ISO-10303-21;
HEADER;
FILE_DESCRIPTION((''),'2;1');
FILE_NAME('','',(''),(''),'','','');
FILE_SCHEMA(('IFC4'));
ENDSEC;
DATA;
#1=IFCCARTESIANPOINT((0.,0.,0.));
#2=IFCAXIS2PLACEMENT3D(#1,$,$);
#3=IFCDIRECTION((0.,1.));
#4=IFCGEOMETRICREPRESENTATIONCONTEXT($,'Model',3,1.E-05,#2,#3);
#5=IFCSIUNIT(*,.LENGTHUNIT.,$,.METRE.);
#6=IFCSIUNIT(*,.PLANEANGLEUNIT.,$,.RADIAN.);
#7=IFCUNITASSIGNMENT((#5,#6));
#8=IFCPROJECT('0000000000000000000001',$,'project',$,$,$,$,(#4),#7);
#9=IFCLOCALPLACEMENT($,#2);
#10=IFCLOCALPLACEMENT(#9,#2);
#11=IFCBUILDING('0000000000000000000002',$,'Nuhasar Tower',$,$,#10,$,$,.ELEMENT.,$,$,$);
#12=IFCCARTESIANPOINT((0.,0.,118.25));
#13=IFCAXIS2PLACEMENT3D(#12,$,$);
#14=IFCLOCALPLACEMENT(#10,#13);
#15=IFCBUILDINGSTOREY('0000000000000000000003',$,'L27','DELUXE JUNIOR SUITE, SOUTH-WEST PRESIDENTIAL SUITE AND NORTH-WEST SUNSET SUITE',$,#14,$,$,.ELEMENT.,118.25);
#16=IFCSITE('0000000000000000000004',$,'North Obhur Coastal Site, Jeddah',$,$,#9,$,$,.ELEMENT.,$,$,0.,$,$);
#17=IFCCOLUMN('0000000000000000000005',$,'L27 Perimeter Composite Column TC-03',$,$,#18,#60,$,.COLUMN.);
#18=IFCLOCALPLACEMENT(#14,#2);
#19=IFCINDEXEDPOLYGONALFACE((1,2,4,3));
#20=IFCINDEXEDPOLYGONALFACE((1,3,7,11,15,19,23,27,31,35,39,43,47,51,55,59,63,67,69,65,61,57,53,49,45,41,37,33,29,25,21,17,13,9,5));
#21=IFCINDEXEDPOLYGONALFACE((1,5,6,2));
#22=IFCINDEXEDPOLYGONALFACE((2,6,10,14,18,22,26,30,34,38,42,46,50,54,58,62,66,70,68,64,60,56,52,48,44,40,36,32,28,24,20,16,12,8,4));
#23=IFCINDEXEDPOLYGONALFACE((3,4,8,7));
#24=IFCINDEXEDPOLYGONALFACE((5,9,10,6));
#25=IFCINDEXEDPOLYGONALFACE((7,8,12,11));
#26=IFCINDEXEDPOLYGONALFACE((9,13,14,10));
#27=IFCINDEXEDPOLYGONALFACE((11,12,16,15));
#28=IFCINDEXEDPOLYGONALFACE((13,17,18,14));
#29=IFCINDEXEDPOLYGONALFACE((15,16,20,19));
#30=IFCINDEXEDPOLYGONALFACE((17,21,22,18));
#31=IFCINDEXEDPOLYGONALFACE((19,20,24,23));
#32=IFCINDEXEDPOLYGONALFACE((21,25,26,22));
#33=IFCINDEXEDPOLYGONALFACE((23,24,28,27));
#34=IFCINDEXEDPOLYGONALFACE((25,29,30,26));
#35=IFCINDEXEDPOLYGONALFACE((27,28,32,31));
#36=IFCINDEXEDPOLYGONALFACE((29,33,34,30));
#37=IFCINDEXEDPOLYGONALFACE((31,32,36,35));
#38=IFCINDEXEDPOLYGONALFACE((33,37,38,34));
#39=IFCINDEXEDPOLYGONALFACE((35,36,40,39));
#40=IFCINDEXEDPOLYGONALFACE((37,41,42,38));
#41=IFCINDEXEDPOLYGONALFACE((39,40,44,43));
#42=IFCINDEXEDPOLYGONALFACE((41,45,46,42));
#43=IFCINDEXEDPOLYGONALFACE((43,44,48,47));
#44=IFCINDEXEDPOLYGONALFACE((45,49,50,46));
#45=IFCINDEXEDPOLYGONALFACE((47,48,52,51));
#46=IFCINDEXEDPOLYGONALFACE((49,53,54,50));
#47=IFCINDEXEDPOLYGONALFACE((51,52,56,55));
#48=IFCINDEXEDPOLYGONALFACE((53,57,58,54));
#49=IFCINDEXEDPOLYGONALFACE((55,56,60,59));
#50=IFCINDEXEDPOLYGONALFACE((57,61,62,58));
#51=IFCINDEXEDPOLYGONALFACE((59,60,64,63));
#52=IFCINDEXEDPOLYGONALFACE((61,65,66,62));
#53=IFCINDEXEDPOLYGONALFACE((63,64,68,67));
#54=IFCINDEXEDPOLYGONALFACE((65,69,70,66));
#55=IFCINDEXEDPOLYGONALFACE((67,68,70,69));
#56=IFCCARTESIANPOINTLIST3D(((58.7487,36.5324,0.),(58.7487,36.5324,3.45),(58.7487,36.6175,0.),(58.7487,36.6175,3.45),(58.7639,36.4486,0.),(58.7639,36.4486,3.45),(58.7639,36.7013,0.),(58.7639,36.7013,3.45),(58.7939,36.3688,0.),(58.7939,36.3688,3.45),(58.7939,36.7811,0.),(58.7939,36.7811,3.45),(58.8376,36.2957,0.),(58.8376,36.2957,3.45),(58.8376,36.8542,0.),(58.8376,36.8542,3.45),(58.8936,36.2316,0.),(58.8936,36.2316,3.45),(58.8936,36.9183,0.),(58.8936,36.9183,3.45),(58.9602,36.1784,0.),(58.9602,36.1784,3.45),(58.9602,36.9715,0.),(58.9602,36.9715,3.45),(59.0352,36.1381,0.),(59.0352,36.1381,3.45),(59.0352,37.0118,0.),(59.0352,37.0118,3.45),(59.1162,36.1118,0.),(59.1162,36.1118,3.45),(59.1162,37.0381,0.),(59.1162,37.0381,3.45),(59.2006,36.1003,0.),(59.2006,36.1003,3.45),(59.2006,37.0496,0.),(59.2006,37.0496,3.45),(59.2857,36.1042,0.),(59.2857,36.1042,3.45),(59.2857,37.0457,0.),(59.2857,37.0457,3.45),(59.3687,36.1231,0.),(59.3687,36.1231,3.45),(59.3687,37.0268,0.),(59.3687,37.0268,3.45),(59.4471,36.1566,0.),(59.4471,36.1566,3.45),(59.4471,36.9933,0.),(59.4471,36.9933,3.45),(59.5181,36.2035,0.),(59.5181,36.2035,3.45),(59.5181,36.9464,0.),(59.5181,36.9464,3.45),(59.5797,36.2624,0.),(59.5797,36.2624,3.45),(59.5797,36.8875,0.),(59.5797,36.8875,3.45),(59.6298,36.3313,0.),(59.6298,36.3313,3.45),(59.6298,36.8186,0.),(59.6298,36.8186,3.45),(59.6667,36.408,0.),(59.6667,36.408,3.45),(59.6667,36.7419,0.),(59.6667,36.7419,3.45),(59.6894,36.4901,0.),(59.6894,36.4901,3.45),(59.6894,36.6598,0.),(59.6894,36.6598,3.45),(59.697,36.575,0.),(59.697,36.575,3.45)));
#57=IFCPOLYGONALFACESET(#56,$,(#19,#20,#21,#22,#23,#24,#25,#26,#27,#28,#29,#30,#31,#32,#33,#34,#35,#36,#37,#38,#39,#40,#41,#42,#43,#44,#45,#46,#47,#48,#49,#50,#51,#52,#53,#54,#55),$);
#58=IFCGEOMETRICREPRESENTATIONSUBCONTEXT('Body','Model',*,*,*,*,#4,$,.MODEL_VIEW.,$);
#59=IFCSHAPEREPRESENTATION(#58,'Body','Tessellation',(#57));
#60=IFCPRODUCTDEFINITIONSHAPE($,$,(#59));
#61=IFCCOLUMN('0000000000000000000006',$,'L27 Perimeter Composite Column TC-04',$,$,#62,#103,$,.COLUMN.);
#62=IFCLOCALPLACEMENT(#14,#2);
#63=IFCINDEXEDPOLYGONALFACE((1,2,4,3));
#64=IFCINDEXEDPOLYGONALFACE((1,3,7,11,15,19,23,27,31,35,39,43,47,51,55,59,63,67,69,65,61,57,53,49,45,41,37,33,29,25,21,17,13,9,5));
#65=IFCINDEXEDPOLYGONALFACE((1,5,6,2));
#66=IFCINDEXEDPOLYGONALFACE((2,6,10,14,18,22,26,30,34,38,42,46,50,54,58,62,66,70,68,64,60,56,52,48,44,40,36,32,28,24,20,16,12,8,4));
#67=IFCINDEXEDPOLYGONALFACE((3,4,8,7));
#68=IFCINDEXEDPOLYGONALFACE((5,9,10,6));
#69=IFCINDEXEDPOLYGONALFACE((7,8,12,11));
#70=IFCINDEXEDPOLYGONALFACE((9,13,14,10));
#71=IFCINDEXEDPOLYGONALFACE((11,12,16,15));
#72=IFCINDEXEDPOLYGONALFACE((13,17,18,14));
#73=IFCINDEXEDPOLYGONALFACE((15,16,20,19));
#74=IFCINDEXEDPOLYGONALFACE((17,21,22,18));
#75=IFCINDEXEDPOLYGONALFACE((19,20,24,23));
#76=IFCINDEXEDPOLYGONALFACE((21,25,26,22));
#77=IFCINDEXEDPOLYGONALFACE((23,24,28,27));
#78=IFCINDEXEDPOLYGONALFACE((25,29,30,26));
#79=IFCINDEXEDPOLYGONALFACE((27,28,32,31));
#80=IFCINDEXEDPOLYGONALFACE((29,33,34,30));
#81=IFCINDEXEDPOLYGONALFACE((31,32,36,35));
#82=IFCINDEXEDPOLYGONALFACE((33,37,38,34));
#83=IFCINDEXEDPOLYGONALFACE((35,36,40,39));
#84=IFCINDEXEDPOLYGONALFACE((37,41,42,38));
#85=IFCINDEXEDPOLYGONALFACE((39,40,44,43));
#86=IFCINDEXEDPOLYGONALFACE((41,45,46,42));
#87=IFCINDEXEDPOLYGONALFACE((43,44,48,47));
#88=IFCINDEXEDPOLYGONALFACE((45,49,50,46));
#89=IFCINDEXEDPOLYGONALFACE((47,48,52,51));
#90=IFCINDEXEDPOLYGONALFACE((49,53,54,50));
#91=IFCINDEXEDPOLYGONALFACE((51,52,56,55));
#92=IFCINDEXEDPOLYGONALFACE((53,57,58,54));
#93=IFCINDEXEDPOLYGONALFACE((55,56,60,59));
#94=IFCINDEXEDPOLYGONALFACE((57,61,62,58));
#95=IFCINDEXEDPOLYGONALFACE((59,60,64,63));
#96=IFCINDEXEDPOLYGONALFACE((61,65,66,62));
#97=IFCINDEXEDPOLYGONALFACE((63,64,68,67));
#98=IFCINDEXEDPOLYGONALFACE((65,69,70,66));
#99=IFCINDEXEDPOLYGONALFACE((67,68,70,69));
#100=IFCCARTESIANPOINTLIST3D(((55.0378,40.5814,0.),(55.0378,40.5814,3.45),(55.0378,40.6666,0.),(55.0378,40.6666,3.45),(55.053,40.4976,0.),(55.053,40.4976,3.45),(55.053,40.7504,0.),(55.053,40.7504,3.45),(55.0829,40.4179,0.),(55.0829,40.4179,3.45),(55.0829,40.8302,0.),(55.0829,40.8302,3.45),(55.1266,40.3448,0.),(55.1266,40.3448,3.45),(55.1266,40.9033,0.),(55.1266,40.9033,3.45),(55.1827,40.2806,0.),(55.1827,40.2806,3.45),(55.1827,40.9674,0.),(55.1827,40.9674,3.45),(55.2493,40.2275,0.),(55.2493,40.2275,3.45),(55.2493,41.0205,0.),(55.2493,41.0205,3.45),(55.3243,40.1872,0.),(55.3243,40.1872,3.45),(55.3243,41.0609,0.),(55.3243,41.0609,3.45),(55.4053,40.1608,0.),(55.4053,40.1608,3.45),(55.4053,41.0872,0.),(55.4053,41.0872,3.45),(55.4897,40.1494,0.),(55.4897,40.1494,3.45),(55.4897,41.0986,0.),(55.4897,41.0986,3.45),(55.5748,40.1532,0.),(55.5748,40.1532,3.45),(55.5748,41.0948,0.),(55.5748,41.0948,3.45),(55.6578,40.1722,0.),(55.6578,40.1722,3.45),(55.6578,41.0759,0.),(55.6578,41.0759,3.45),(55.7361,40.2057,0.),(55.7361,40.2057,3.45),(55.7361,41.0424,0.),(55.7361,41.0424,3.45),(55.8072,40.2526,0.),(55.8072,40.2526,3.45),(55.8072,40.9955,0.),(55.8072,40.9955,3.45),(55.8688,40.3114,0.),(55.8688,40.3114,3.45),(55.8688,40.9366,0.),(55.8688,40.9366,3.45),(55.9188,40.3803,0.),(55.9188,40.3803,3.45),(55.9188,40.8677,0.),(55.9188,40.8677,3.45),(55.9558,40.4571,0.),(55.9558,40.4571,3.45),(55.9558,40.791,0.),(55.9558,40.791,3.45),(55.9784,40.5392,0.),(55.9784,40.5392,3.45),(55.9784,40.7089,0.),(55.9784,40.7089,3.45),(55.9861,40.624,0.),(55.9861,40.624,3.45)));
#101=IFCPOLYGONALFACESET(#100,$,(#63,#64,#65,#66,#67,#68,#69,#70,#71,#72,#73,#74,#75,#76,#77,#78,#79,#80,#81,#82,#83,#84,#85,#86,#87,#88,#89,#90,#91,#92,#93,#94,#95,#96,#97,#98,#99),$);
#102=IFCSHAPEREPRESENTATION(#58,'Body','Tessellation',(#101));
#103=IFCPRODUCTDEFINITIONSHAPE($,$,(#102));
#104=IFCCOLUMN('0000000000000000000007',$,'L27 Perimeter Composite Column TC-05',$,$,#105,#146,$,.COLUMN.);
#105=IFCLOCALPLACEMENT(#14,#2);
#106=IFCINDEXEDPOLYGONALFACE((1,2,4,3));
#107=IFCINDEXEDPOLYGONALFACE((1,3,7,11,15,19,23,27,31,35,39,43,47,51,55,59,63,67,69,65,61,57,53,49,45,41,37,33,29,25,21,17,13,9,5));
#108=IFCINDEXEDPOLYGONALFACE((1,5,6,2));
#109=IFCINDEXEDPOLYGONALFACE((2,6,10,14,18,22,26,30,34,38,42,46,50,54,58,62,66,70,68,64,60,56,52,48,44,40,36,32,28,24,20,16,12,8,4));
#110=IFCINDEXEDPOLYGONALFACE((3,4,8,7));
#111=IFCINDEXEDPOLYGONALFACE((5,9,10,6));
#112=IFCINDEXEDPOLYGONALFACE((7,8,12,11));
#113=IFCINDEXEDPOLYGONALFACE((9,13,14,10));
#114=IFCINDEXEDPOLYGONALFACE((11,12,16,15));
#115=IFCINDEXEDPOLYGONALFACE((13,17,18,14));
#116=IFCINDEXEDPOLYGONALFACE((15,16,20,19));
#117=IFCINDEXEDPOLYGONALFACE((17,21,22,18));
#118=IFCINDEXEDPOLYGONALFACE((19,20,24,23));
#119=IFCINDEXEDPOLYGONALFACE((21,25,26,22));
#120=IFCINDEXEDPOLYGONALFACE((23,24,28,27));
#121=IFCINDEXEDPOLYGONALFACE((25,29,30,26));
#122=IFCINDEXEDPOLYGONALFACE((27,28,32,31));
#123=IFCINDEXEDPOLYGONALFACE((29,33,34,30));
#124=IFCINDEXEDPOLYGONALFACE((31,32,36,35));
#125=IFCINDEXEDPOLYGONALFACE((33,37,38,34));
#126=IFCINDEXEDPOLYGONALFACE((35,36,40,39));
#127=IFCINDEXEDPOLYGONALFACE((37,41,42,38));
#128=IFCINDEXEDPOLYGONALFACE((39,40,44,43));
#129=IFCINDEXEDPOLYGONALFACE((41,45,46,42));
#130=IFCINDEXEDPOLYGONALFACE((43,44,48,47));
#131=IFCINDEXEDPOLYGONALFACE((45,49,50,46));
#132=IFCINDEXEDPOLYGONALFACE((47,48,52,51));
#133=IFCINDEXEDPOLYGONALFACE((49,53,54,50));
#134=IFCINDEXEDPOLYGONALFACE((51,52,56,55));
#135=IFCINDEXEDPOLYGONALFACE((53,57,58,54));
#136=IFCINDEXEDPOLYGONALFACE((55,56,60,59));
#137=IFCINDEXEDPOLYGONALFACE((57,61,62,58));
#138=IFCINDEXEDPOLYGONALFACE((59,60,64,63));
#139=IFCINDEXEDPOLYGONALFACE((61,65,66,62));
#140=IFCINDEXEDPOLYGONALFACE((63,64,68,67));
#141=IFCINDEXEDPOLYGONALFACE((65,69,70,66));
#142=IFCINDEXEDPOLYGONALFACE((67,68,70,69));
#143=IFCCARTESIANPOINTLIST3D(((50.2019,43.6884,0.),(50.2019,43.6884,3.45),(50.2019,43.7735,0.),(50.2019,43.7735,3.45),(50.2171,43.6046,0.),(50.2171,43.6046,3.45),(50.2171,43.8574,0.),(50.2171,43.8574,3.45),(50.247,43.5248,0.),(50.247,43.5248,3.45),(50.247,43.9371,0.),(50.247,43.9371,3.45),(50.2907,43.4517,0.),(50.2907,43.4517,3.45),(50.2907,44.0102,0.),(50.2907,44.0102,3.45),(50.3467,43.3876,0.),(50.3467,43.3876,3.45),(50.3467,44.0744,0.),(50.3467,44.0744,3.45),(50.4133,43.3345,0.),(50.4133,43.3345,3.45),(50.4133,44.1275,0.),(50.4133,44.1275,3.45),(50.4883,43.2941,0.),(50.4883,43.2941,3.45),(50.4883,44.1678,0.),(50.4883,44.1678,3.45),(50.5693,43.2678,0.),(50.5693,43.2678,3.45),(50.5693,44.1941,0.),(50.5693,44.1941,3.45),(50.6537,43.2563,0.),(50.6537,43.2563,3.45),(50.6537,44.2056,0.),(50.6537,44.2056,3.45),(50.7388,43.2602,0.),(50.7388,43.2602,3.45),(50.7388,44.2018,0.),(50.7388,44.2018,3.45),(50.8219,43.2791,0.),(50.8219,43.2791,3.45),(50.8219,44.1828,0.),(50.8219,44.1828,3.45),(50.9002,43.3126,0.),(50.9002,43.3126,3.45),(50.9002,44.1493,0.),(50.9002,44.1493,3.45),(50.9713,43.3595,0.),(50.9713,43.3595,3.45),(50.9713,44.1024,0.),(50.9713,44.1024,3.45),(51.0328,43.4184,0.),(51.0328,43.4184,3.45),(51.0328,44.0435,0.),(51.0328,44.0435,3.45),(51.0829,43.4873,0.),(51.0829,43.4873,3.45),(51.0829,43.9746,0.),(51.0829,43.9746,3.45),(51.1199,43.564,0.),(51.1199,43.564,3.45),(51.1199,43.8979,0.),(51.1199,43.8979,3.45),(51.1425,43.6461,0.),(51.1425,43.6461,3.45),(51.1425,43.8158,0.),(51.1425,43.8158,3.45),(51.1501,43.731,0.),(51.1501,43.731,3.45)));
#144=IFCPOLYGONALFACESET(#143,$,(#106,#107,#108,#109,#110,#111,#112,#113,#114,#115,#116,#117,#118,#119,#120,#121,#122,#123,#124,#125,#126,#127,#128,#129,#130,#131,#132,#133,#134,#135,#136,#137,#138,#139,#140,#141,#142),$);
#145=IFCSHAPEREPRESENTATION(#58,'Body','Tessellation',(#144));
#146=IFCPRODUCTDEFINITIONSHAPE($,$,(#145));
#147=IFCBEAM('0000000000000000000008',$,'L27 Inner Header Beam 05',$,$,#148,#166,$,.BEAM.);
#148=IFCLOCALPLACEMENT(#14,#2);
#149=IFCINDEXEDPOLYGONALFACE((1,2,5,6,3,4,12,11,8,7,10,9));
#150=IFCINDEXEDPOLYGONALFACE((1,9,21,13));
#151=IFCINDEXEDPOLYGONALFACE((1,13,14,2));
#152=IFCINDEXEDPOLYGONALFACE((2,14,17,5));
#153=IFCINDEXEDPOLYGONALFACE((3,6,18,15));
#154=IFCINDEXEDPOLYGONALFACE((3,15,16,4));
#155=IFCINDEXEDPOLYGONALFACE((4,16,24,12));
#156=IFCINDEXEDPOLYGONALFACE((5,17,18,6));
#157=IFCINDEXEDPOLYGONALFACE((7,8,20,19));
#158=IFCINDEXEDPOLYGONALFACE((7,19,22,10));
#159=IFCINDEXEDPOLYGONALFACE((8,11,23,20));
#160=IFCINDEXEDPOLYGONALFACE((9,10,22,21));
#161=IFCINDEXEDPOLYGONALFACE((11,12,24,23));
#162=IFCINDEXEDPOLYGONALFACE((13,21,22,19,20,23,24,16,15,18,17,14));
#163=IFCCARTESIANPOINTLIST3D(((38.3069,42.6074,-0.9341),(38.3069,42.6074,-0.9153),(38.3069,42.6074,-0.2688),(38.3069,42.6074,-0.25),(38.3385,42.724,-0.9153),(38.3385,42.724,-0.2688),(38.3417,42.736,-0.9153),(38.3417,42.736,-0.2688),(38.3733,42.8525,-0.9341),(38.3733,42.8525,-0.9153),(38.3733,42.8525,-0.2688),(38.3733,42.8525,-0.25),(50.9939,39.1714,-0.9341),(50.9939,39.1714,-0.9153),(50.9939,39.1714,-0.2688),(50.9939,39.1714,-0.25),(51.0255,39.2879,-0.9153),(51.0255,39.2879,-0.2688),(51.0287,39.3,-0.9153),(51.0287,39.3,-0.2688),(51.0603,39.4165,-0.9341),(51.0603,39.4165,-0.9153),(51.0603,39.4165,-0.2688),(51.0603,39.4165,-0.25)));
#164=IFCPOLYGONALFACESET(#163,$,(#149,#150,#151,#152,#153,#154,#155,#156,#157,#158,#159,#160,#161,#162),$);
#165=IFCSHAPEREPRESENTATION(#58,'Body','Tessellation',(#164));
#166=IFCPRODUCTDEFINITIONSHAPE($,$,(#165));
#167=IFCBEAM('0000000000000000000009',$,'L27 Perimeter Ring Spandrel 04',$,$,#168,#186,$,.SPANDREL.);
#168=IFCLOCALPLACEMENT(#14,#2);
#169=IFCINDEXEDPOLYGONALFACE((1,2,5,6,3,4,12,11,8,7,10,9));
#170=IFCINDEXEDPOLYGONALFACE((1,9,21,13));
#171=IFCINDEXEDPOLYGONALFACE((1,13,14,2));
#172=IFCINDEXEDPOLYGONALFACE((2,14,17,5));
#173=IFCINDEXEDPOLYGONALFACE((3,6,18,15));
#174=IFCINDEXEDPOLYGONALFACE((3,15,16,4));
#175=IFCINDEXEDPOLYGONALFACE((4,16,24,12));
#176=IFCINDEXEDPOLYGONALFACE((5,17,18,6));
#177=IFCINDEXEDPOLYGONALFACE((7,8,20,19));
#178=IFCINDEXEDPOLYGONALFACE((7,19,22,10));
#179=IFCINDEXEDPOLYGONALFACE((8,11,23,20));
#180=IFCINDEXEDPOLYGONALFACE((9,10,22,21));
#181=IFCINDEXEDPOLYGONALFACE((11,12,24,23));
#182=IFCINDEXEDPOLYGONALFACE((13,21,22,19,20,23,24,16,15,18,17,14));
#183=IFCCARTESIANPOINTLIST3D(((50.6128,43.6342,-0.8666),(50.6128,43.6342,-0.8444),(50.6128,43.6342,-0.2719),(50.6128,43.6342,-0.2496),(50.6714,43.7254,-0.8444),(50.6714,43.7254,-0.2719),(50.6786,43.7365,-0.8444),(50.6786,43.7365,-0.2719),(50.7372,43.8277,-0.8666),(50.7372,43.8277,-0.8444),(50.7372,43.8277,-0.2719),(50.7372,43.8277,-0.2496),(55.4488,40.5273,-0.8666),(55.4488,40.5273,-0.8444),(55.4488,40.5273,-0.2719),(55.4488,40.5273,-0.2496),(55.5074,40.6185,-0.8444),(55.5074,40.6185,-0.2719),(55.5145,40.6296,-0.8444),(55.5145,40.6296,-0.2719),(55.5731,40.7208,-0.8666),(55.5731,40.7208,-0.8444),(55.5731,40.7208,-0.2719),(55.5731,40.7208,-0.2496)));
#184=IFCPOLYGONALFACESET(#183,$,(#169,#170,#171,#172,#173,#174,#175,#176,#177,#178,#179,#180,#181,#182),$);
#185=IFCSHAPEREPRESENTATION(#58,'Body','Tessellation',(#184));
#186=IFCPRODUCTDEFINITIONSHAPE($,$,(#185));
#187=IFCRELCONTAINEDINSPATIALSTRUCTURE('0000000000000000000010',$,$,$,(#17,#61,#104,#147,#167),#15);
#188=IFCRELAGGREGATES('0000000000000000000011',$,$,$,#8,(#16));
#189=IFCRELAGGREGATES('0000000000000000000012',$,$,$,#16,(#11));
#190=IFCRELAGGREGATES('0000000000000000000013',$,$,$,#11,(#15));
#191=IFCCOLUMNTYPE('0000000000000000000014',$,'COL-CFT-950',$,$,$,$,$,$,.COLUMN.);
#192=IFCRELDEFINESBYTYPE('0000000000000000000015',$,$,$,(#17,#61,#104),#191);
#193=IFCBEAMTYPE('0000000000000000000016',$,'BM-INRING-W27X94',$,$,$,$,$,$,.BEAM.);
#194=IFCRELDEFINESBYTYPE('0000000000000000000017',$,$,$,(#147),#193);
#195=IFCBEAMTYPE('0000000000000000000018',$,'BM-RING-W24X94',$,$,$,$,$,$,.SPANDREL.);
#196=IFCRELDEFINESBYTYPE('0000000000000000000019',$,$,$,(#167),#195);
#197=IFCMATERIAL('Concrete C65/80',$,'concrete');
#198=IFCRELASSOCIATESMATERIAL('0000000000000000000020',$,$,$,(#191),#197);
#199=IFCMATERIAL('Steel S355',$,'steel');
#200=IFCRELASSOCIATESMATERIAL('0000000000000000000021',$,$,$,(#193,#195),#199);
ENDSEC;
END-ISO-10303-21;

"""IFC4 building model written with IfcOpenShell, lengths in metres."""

from ifc_helpers import new_model, si_unit, direction, frame, origin, origin_2d, place, context, subcontext, project, spatial, circle, i_section, extrude, material, material_profile, profile_set, type_object, element, save


model = new_model("IFC4")

# Units and contexts
model_context = context("Model", 3, precision=1e-05, world=origin(), true_north=direction((0.0, 1.0)))
body_context = subcontext(model_context, "Body", "Model", "MODEL_VIEW")
ifc_project = project(units=[si_unit("LENGTHUNIT", "METRE"), si_unit("PLANEANGLEUNIT", "RADIAN")], contexts=[model_context])

# Site, building, storey
site_placement = place(None, origin())
site = spatial("IfcSite", under=ifc_project, at=site_placement, Name="North Obhur Coastal Site, Jeddah", CompositionType="ELEMENT", RefElevation=0.0)
building_placement = place(site_placement, origin())
building = spatial("IfcBuilding", under=site, at=building_placement, Name="Nuhasar Tower", CompositionType="ELEMENT")
storey_placement = place(building_placement, frame((0.0, 0.0, 118.25)))
storey = spatial("IfcBuildingStorey", under=building, at=storey_placement, Name="L27", Description="DELUXE JUNIOR SUITE, SOUTH-WEST PRESIDENTIAL SUITE AND NORTH-WEST SUNSET SUITE", CompositionType="ELEMENT", Elevation=118.25)

# Columns
ifc_material_1 = material(Name="Concrete C65/80", Category="concrete")
ifc_material_profile_1 = material_profile(ifc_material_1, circle(Radius=0.4751, at=origin_2d()), Name="CFT950")
ifc_profile_set_1 = profile_set([ifc_material_profile_1], Name="Concrete C65/80")
column_type = type_object("IfcColumnType", Name="COL-CFT-950", PredefinedType="COLUMN", material=ifc_profile_set_1)
for number, where, z_axis, x_axis, name in (
    (1, (59.2219, 36.575, 0.0), (0.0, 0.0, 1.0), (1.0, 0.0, 0.0), "L27 Perimeter Composite Column TC-03"),
    (2, (55.511, 40.624, 0.0), (0.0, 0.0, 1.0), (1.0, 0.0, 0.0), "L27 Perimeter Composite Column TC-04"),
    (3, (50.675, 43.731, 0.0), (0.0, 0.0, 1.0), (1.0, 0.0, 0.0), "L27 Perimeter Composite Column TC-05"),
):
    element("IfcColumn", number, at=place(storey_placement, frame(where, z_axis=z_axis, x_axis=x_axis)), inside=storey, type_object=column_type, Name=name, PredefinedType="COLUMN", context=body_context, shape_type="SweptSolid", body=[
        extrude(circle(Radius=0.4751, at=origin_2d()), origin(), (0.0, 0.0, 1.0), 3.45),
    ])

# Beams
ifc_material_2 = material(Name="Steel S355", Category="steel")
ifc_material_profile_2 = material_profile(ifc_material_2, i_section(OverallWidth=0.2539, OverallDepth=0.6841, WebThickness=0.0125, FlangeThickness=0.0188, at=origin_2d()), Name="W27X94")
ifc_profile_set_2 = profile_set([ifc_material_profile_2], Name="Steel S355")
beam_type_1 = type_object("IfcBeamType", Name="BM-INRING-W27X94", PredefinedType="BEAM", material=ifc_profile_set_2)
beam_1_placement = place(storey_placement, frame((51.0271, 39.2939, -0.592), z_axis=(-0.965227, 0.261413, 0.0), x_axis=(-0.261413, -0.965227, 0.0)))
element("IfcBeam", 4, at=beam_1_placement, inside=storey, type_object=beam_type_1, Name="L27 Inner Header Beam 05", PredefinedType="BEAM", context=body_context, shape_type="SweptSolid", body=[
    extrude(i_section(OverallWidth=0.2539, OverallDepth=0.6841, WebThickness=0.0125, FlangeThickness=0.0188, at=origin_2d()), origin(), (0.0, 0.0, 1.0), 13.144),
])
ifc_material_profile_3 = material_profile(ifc_material_2, i_section(OverallWidth=0.23, OverallDepth=0.6169, WebThickness=0.0132, FlangeThickness=0.0222, at=origin_2d()), Name="W24X94")
ifc_profile_set_3 = profile_set([ifc_material_profile_3], Name="Steel S355")
beam_type_2 = type_object("IfcBeamType", Name="BM-RING-W24X94", PredefinedType="SPANDREL", material=ifc_profile_set_3)
beam_2_placement = place(storey_placement, frame((55.511, 40.624, -0.5581), z_axis=(-0.841327, 0.540526, 0.0), x_axis=(-0.540526, -0.841327, 0.0)))
element("IfcBeam", 5, at=beam_2_placement, inside=storey, type_object=beam_type_2, Name="L27 Perimeter Ring Spandrel 04", PredefinedType="SPANDREL", context=body_context, shape_type="SweptSolid", body=[
    extrude(i_section(OverallWidth=0.23, OverallDepth=0.6169, WebThickness=0.0132, FlangeThickness=0.0222, at=origin_2d()), origin(), (0.0, 0.0, 1.0), 5.748),
])

save(model, "model.ifc")
